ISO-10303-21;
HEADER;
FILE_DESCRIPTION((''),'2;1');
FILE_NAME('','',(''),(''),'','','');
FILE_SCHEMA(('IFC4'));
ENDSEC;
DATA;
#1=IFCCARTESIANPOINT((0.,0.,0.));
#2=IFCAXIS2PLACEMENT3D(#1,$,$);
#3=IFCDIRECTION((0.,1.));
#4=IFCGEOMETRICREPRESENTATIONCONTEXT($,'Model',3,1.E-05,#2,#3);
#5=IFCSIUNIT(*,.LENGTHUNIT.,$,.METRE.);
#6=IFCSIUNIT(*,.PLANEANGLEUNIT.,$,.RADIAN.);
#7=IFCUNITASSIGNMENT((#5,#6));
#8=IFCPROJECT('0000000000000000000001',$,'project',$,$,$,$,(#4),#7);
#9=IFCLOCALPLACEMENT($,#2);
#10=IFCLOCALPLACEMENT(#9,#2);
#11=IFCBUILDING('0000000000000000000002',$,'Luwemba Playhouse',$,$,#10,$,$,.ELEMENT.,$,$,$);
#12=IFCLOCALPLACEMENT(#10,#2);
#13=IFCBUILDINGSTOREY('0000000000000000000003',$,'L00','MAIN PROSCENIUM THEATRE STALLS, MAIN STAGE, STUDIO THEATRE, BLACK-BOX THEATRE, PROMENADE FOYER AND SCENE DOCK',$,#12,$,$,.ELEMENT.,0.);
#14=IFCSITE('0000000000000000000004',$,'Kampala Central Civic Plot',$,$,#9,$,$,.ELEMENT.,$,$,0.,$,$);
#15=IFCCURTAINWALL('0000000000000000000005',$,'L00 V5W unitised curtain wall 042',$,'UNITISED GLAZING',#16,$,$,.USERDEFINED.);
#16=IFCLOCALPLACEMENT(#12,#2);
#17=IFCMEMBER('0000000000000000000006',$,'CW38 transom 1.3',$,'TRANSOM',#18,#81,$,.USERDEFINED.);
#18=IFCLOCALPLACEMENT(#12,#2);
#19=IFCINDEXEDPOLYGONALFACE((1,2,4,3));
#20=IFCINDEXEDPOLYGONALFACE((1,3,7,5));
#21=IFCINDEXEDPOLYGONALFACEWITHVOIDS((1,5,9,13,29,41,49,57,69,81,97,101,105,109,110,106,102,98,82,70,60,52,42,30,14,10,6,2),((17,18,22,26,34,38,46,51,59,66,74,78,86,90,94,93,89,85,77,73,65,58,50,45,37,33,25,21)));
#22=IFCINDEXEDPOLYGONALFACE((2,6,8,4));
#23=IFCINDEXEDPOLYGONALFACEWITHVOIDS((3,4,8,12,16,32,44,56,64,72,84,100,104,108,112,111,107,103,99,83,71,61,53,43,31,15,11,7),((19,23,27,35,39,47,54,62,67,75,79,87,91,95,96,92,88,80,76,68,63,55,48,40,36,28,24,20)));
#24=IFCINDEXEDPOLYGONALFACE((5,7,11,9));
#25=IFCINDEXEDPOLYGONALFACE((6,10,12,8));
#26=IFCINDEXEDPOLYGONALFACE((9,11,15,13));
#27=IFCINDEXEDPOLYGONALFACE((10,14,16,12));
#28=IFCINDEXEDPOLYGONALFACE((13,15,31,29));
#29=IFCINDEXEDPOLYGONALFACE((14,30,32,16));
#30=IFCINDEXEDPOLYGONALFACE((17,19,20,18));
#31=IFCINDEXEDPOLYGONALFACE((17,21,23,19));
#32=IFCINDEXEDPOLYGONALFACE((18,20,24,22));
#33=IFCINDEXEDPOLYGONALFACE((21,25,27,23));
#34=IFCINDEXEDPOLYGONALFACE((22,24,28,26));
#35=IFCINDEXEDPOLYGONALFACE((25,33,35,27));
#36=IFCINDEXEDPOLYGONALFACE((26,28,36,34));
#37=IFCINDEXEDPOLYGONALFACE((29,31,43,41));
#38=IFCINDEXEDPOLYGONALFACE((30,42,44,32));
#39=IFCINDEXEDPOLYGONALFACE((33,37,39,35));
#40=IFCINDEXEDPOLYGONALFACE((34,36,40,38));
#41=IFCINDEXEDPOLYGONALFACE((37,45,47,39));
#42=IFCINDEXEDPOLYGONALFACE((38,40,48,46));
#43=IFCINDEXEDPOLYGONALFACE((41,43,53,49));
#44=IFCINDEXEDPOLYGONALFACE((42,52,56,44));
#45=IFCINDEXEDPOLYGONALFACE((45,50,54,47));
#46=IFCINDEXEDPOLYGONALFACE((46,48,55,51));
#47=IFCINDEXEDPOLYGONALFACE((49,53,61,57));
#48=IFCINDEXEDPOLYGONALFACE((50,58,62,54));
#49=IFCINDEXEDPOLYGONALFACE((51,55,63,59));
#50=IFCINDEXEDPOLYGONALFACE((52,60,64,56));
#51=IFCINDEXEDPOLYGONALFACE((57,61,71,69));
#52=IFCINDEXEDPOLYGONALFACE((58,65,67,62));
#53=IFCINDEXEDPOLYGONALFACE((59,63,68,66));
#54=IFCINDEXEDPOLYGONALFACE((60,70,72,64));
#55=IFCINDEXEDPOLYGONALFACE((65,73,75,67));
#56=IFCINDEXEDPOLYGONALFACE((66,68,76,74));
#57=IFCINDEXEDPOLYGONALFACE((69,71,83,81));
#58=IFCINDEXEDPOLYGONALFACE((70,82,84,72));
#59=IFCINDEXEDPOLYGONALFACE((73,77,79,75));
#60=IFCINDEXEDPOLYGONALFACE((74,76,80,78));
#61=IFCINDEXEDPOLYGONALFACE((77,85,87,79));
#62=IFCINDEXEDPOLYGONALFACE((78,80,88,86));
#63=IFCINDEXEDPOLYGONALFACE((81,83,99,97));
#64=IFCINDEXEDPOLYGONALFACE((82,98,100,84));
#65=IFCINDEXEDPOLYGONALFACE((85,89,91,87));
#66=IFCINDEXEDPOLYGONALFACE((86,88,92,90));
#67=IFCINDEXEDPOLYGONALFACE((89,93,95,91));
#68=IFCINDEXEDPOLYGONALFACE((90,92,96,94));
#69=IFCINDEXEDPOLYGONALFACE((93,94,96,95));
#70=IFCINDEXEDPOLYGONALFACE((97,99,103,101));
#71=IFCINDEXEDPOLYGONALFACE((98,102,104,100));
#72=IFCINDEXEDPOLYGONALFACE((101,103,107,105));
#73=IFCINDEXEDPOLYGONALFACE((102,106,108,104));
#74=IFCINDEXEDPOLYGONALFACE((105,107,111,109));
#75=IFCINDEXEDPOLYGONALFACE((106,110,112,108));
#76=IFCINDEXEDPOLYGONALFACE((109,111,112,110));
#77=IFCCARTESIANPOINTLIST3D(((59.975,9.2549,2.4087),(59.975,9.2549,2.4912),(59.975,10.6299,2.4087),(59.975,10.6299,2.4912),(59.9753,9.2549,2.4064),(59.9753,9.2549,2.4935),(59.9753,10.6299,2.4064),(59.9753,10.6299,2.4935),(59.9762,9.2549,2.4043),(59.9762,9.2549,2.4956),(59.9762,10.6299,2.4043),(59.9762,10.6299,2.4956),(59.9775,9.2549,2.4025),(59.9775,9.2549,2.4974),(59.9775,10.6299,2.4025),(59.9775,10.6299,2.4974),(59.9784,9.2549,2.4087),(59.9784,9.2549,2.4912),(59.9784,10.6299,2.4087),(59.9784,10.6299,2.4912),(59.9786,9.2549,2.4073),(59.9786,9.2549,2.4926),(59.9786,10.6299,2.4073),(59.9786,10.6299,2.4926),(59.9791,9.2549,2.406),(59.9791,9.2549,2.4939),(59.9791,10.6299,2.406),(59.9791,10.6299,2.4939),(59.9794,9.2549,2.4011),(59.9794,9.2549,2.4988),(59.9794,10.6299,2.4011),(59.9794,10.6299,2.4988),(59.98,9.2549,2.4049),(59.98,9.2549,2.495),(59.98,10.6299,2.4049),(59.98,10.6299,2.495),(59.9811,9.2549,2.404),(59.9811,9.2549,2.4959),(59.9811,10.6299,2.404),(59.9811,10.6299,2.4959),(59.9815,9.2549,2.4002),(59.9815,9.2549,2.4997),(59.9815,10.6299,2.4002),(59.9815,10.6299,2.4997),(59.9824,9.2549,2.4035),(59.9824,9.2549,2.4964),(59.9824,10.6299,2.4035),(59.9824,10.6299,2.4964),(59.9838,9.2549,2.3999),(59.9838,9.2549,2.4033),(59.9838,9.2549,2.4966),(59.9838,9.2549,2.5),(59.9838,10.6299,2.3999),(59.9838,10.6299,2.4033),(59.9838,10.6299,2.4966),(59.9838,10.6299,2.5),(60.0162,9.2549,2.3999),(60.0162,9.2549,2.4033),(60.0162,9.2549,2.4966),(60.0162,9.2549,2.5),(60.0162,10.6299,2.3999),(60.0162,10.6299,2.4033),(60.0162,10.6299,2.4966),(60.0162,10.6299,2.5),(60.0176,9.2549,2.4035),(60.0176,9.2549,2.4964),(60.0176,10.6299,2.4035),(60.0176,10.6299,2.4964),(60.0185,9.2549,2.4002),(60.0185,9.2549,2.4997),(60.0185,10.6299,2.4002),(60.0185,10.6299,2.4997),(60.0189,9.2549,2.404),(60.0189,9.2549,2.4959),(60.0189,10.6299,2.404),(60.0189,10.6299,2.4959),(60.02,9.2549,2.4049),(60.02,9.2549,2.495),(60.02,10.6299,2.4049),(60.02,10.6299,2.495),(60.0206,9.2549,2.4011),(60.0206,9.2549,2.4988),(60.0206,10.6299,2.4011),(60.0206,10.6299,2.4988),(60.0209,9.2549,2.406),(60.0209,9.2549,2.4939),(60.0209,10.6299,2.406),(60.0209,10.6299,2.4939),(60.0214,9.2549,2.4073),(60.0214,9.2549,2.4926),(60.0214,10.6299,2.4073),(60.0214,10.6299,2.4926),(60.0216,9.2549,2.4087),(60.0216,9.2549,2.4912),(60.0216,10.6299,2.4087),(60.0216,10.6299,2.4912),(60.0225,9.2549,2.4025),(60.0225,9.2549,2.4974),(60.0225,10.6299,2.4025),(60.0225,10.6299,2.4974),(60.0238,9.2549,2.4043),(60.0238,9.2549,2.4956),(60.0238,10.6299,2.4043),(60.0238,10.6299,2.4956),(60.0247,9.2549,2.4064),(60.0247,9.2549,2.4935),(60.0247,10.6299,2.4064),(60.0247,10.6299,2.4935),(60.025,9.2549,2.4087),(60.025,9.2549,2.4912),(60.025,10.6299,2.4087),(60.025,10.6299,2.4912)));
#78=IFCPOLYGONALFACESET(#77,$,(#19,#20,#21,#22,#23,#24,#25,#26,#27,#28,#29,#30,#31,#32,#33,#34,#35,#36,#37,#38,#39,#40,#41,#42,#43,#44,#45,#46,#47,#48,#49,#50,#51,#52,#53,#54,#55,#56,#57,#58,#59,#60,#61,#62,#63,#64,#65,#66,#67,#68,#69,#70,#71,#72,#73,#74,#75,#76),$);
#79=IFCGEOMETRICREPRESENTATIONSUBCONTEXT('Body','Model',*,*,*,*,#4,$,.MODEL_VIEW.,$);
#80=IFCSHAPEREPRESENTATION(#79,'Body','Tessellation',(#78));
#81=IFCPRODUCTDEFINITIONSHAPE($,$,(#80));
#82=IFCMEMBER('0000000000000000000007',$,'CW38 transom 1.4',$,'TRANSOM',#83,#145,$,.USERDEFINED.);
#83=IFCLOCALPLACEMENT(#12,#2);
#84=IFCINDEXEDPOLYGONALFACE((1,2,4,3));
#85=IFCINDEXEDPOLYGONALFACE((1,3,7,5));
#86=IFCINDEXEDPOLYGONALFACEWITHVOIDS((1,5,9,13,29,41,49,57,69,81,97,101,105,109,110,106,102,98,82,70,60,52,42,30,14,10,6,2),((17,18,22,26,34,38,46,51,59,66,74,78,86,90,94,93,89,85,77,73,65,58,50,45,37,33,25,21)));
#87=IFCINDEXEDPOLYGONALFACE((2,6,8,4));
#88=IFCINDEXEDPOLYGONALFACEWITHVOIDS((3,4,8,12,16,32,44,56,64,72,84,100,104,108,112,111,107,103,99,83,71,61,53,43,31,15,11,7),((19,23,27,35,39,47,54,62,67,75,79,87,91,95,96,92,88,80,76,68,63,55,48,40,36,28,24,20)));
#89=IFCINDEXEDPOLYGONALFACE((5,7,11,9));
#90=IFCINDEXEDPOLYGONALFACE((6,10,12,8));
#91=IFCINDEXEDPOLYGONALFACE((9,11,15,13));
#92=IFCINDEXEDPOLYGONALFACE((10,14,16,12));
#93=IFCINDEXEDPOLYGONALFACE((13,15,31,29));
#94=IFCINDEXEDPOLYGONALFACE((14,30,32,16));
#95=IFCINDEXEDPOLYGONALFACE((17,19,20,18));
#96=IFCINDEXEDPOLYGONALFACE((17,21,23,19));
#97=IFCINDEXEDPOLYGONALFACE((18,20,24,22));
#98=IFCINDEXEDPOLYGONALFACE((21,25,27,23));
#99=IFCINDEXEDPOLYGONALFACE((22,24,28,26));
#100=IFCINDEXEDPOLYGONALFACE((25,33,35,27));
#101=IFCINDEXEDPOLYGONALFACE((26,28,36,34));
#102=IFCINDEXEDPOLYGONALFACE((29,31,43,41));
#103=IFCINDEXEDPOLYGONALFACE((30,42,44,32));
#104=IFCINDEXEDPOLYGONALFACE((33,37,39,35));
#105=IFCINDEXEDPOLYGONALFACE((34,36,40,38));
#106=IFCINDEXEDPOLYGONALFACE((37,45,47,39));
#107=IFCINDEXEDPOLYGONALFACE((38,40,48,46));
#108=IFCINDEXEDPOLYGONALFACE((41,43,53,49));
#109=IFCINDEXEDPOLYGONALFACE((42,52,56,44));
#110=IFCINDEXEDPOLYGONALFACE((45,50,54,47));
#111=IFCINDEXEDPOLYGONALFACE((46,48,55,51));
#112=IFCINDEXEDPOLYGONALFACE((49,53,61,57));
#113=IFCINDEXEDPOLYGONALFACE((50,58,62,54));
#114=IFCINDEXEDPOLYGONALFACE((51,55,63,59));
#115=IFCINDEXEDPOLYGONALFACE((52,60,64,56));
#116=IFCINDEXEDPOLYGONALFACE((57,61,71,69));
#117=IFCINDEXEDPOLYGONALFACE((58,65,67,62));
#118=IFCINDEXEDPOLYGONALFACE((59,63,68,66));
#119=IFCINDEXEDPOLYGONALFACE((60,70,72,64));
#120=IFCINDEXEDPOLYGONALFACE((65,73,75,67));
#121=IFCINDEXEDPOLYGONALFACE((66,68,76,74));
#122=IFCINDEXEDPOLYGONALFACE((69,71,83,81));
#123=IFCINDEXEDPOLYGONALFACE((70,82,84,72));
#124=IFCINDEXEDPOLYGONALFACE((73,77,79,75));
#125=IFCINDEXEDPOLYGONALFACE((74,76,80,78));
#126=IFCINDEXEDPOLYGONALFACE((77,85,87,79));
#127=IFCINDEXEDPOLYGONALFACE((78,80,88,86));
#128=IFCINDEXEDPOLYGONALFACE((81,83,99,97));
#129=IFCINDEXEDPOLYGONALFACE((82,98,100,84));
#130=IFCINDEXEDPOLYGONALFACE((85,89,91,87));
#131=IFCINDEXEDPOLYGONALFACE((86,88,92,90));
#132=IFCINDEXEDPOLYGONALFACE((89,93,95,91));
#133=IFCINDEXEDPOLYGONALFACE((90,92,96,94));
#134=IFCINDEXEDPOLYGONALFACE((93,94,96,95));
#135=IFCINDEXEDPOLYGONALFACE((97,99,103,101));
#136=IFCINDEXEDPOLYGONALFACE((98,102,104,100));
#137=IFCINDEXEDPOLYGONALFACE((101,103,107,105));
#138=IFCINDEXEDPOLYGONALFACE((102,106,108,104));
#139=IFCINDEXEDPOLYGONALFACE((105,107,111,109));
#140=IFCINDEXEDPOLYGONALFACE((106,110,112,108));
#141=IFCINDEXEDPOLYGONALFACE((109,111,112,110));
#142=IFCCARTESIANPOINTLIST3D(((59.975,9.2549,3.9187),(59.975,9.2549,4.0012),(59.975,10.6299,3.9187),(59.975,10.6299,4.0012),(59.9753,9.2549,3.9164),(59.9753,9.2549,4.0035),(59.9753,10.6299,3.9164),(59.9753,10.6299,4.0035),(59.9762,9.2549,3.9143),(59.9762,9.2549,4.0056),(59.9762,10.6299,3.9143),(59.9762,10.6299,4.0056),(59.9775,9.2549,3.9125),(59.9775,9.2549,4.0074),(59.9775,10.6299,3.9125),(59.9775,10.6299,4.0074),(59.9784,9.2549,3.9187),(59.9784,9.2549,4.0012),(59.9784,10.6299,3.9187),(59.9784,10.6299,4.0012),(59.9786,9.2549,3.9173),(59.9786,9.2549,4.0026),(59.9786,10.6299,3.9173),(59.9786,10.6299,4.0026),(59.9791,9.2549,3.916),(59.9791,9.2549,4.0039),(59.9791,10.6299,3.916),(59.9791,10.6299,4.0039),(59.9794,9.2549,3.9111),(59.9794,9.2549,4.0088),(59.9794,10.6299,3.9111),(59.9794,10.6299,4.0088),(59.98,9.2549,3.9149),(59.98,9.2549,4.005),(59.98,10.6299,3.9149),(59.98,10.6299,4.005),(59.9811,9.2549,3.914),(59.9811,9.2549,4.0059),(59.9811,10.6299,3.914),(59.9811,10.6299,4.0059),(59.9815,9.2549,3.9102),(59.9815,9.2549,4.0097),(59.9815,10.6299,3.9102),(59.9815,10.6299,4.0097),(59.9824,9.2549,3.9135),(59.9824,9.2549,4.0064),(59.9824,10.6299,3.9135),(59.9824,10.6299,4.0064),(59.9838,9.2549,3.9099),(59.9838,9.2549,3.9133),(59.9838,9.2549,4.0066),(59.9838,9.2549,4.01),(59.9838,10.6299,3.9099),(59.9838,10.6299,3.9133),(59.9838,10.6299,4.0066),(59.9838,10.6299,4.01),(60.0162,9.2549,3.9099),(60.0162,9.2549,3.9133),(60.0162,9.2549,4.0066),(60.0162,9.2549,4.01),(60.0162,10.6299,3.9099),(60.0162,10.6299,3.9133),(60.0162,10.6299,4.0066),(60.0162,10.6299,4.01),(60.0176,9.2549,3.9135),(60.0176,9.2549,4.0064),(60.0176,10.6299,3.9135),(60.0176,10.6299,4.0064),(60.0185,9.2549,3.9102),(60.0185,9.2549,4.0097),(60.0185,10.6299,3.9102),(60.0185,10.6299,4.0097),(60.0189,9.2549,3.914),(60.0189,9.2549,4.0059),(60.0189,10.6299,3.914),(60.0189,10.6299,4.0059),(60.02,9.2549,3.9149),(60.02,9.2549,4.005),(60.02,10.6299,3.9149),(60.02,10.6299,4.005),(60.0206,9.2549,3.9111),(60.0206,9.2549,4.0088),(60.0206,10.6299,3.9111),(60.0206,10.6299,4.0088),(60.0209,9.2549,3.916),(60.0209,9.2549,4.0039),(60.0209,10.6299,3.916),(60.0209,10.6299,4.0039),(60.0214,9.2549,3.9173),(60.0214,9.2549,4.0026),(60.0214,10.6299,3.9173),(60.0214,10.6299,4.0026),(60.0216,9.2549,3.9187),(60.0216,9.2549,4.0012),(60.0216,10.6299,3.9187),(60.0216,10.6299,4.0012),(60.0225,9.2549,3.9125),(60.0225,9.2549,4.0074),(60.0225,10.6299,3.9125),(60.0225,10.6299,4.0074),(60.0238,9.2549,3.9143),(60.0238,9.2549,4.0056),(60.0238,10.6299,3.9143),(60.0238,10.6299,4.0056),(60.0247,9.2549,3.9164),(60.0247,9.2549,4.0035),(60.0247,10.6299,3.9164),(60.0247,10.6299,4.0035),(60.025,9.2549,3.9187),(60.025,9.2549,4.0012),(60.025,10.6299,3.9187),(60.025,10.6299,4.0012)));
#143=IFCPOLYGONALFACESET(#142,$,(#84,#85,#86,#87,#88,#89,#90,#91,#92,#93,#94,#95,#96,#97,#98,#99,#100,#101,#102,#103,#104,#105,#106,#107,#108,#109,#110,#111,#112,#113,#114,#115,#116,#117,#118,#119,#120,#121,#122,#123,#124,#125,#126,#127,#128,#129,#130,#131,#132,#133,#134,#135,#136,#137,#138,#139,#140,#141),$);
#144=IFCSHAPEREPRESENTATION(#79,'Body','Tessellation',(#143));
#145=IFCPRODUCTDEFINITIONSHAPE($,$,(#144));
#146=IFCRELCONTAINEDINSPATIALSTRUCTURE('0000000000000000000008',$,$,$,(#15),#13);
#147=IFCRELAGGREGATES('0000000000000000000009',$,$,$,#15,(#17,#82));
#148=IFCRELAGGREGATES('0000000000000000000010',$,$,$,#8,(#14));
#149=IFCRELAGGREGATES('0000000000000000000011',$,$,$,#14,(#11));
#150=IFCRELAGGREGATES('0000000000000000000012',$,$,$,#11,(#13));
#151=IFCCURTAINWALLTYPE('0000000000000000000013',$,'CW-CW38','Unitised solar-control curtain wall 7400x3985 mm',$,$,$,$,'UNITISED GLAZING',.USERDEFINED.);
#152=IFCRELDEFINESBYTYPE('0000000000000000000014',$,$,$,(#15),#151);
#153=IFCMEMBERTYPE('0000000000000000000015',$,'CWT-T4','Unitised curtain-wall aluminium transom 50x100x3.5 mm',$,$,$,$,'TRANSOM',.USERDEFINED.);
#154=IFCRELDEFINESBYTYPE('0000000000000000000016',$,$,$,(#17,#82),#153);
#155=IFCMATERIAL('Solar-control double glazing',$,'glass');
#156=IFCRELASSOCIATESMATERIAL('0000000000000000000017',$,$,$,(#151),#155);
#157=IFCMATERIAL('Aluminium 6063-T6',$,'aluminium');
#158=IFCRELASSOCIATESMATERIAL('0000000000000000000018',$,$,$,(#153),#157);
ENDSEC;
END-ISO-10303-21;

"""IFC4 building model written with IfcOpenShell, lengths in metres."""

from ifc_helpers import new_model, si_unit, direction, frame, origin, origin_2d, place, context, subcontext, project, spatial, hollow_rectangle, extrude, material, material_profile, profile_set, type_object, element, aggregate, save


model = new_model("IFC4")

# Units and contexts
model_context = context("Model", 3, precision=1e-05, world=origin(), true_north=direction((0.0, 1.0)))
body_context = subcontext(model_context, "Body", "Model", "MODEL_VIEW")
ifc_project = project(units=[si_unit("LENGTHUNIT", "METRE"), si_unit("PLANEANGLEUNIT", "RADIAN")], contexts=[model_context])

# Site, building, storey
site_placement = place(None, origin())
site = spatial("IfcSite", under=ifc_project, at=site_placement, Name="Kampala Central Civic Plot", CompositionType="ELEMENT", RefElevation=0.0)
building_placement = place(site_placement, origin())
building = spatial("IfcBuilding", under=site, at=building_placement, Name="Luwemba Playhouse", CompositionType="ELEMENT")
storey_placement = place(building_placement, origin())
storey = spatial("IfcBuildingStorey", under=building, at=storey_placement, Name="L00", Description="MAIN PROSCENIUM THEATRE STALLS, MAIN STAGE, STUDIO THEATRE, BLACK-BOX THEATRE, PROMENADE FOYER AND SCENE DOCK", CompositionType="ELEMENT", Elevation=0.0)

# Shared definitions
ifc_material_1 = material(Name="Solar-control double glazing", Category="glass")
ifc_material_2 = material(Name="Aluminium 6063-T6", Category="aluminium")

# Curtain wall
curtain_wall_type_1 = type_object("IfcCurtainWallType", Name="CW-CW38", Description="Unitised solar-control curtain wall 7400x3985 mm", ElementType="UNITISED GLAZING", PredefinedType="USERDEFINED", material=ifc_material_1)
curtain_wall_1_placement = place(storey_placement, origin())
curtain_wall_1 = element("IfcCurtainWall", 1, at=curtain_wall_1_placement, inside=storey, type_object=curtain_wall_type_1, Name="L00 V5W unitised curtain wall 042", ObjectType="UNITISED GLAZING", PredefinedType="USERDEFINED")

# Members
ifc_material_profile_1 = material_profile(ifc_material_2, hollow_rectangle(XDim=0.05, YDim=0.1001, WallThickness=0.0034, InnerFilletRadius=0.0054, OuterFilletRadius=0.0088, at=origin_2d()))
ifc_profile_set_1 = profile_set([ifc_material_profile_1], Name="Aluminium 6063-T6")
member_type_1 = type_object("IfcMemberType", Name="CWT-T4", Description="Unitised curtain-wall aluminium transom 50x100x3.5 mm", ElementType="TRANSOM", PredefinedType="USERDEFINED", material=ifc_profile_set_1)
member_1_placement = place(storey_placement, frame((60.0, 10.6299, 2.45), z_axis=(0.0, -1.0, 0.0), x_axis=(1.0, 0.0, 0.0)))
member_1 = element("IfcMember", 2, at=member_1_placement, type_object=member_type_1, Name="CW38 transom 1.3", ObjectType="TRANSOM", PredefinedType="USERDEFINED", context=body_context, shape_type="SweptSolid", body=[
    extrude(hollow_rectangle(XDim=0.05, YDim=0.1001, WallThickness=0.0034, InnerFilletRadius=0.0054, OuterFilletRadius=0.0088, at=origin_2d()), origin(), (0.0, 0.0, 1.0), 1.375),
])
member_2_placement = place(storey_placement, frame((60.0, 10.6299, 3.96), z_axis=(0.0, -1.0, 0.0), x_axis=(1.0, 0.0, 0.0)))
member_2 = element("IfcMember", 3, at=member_2_placement, type_object=member_type_1, Name="CW38 transom 1.4", ObjectType="TRANSOM", PredefinedType="USERDEFINED", context=body_context, shape_type="SweptSolid", body=[
    extrude(hollow_rectangle(XDim=0.05, YDim=0.1001, WallThickness=0.0034, InnerFilletRadius=0.0054, OuterFilletRadius=0.0088, at=origin_2d()), origin(), (0.0, 0.0, 1.0), 1.375),
])

aggregate(curtain_wall_1, [member_1, member_2])

save(model, "model.ifc")
